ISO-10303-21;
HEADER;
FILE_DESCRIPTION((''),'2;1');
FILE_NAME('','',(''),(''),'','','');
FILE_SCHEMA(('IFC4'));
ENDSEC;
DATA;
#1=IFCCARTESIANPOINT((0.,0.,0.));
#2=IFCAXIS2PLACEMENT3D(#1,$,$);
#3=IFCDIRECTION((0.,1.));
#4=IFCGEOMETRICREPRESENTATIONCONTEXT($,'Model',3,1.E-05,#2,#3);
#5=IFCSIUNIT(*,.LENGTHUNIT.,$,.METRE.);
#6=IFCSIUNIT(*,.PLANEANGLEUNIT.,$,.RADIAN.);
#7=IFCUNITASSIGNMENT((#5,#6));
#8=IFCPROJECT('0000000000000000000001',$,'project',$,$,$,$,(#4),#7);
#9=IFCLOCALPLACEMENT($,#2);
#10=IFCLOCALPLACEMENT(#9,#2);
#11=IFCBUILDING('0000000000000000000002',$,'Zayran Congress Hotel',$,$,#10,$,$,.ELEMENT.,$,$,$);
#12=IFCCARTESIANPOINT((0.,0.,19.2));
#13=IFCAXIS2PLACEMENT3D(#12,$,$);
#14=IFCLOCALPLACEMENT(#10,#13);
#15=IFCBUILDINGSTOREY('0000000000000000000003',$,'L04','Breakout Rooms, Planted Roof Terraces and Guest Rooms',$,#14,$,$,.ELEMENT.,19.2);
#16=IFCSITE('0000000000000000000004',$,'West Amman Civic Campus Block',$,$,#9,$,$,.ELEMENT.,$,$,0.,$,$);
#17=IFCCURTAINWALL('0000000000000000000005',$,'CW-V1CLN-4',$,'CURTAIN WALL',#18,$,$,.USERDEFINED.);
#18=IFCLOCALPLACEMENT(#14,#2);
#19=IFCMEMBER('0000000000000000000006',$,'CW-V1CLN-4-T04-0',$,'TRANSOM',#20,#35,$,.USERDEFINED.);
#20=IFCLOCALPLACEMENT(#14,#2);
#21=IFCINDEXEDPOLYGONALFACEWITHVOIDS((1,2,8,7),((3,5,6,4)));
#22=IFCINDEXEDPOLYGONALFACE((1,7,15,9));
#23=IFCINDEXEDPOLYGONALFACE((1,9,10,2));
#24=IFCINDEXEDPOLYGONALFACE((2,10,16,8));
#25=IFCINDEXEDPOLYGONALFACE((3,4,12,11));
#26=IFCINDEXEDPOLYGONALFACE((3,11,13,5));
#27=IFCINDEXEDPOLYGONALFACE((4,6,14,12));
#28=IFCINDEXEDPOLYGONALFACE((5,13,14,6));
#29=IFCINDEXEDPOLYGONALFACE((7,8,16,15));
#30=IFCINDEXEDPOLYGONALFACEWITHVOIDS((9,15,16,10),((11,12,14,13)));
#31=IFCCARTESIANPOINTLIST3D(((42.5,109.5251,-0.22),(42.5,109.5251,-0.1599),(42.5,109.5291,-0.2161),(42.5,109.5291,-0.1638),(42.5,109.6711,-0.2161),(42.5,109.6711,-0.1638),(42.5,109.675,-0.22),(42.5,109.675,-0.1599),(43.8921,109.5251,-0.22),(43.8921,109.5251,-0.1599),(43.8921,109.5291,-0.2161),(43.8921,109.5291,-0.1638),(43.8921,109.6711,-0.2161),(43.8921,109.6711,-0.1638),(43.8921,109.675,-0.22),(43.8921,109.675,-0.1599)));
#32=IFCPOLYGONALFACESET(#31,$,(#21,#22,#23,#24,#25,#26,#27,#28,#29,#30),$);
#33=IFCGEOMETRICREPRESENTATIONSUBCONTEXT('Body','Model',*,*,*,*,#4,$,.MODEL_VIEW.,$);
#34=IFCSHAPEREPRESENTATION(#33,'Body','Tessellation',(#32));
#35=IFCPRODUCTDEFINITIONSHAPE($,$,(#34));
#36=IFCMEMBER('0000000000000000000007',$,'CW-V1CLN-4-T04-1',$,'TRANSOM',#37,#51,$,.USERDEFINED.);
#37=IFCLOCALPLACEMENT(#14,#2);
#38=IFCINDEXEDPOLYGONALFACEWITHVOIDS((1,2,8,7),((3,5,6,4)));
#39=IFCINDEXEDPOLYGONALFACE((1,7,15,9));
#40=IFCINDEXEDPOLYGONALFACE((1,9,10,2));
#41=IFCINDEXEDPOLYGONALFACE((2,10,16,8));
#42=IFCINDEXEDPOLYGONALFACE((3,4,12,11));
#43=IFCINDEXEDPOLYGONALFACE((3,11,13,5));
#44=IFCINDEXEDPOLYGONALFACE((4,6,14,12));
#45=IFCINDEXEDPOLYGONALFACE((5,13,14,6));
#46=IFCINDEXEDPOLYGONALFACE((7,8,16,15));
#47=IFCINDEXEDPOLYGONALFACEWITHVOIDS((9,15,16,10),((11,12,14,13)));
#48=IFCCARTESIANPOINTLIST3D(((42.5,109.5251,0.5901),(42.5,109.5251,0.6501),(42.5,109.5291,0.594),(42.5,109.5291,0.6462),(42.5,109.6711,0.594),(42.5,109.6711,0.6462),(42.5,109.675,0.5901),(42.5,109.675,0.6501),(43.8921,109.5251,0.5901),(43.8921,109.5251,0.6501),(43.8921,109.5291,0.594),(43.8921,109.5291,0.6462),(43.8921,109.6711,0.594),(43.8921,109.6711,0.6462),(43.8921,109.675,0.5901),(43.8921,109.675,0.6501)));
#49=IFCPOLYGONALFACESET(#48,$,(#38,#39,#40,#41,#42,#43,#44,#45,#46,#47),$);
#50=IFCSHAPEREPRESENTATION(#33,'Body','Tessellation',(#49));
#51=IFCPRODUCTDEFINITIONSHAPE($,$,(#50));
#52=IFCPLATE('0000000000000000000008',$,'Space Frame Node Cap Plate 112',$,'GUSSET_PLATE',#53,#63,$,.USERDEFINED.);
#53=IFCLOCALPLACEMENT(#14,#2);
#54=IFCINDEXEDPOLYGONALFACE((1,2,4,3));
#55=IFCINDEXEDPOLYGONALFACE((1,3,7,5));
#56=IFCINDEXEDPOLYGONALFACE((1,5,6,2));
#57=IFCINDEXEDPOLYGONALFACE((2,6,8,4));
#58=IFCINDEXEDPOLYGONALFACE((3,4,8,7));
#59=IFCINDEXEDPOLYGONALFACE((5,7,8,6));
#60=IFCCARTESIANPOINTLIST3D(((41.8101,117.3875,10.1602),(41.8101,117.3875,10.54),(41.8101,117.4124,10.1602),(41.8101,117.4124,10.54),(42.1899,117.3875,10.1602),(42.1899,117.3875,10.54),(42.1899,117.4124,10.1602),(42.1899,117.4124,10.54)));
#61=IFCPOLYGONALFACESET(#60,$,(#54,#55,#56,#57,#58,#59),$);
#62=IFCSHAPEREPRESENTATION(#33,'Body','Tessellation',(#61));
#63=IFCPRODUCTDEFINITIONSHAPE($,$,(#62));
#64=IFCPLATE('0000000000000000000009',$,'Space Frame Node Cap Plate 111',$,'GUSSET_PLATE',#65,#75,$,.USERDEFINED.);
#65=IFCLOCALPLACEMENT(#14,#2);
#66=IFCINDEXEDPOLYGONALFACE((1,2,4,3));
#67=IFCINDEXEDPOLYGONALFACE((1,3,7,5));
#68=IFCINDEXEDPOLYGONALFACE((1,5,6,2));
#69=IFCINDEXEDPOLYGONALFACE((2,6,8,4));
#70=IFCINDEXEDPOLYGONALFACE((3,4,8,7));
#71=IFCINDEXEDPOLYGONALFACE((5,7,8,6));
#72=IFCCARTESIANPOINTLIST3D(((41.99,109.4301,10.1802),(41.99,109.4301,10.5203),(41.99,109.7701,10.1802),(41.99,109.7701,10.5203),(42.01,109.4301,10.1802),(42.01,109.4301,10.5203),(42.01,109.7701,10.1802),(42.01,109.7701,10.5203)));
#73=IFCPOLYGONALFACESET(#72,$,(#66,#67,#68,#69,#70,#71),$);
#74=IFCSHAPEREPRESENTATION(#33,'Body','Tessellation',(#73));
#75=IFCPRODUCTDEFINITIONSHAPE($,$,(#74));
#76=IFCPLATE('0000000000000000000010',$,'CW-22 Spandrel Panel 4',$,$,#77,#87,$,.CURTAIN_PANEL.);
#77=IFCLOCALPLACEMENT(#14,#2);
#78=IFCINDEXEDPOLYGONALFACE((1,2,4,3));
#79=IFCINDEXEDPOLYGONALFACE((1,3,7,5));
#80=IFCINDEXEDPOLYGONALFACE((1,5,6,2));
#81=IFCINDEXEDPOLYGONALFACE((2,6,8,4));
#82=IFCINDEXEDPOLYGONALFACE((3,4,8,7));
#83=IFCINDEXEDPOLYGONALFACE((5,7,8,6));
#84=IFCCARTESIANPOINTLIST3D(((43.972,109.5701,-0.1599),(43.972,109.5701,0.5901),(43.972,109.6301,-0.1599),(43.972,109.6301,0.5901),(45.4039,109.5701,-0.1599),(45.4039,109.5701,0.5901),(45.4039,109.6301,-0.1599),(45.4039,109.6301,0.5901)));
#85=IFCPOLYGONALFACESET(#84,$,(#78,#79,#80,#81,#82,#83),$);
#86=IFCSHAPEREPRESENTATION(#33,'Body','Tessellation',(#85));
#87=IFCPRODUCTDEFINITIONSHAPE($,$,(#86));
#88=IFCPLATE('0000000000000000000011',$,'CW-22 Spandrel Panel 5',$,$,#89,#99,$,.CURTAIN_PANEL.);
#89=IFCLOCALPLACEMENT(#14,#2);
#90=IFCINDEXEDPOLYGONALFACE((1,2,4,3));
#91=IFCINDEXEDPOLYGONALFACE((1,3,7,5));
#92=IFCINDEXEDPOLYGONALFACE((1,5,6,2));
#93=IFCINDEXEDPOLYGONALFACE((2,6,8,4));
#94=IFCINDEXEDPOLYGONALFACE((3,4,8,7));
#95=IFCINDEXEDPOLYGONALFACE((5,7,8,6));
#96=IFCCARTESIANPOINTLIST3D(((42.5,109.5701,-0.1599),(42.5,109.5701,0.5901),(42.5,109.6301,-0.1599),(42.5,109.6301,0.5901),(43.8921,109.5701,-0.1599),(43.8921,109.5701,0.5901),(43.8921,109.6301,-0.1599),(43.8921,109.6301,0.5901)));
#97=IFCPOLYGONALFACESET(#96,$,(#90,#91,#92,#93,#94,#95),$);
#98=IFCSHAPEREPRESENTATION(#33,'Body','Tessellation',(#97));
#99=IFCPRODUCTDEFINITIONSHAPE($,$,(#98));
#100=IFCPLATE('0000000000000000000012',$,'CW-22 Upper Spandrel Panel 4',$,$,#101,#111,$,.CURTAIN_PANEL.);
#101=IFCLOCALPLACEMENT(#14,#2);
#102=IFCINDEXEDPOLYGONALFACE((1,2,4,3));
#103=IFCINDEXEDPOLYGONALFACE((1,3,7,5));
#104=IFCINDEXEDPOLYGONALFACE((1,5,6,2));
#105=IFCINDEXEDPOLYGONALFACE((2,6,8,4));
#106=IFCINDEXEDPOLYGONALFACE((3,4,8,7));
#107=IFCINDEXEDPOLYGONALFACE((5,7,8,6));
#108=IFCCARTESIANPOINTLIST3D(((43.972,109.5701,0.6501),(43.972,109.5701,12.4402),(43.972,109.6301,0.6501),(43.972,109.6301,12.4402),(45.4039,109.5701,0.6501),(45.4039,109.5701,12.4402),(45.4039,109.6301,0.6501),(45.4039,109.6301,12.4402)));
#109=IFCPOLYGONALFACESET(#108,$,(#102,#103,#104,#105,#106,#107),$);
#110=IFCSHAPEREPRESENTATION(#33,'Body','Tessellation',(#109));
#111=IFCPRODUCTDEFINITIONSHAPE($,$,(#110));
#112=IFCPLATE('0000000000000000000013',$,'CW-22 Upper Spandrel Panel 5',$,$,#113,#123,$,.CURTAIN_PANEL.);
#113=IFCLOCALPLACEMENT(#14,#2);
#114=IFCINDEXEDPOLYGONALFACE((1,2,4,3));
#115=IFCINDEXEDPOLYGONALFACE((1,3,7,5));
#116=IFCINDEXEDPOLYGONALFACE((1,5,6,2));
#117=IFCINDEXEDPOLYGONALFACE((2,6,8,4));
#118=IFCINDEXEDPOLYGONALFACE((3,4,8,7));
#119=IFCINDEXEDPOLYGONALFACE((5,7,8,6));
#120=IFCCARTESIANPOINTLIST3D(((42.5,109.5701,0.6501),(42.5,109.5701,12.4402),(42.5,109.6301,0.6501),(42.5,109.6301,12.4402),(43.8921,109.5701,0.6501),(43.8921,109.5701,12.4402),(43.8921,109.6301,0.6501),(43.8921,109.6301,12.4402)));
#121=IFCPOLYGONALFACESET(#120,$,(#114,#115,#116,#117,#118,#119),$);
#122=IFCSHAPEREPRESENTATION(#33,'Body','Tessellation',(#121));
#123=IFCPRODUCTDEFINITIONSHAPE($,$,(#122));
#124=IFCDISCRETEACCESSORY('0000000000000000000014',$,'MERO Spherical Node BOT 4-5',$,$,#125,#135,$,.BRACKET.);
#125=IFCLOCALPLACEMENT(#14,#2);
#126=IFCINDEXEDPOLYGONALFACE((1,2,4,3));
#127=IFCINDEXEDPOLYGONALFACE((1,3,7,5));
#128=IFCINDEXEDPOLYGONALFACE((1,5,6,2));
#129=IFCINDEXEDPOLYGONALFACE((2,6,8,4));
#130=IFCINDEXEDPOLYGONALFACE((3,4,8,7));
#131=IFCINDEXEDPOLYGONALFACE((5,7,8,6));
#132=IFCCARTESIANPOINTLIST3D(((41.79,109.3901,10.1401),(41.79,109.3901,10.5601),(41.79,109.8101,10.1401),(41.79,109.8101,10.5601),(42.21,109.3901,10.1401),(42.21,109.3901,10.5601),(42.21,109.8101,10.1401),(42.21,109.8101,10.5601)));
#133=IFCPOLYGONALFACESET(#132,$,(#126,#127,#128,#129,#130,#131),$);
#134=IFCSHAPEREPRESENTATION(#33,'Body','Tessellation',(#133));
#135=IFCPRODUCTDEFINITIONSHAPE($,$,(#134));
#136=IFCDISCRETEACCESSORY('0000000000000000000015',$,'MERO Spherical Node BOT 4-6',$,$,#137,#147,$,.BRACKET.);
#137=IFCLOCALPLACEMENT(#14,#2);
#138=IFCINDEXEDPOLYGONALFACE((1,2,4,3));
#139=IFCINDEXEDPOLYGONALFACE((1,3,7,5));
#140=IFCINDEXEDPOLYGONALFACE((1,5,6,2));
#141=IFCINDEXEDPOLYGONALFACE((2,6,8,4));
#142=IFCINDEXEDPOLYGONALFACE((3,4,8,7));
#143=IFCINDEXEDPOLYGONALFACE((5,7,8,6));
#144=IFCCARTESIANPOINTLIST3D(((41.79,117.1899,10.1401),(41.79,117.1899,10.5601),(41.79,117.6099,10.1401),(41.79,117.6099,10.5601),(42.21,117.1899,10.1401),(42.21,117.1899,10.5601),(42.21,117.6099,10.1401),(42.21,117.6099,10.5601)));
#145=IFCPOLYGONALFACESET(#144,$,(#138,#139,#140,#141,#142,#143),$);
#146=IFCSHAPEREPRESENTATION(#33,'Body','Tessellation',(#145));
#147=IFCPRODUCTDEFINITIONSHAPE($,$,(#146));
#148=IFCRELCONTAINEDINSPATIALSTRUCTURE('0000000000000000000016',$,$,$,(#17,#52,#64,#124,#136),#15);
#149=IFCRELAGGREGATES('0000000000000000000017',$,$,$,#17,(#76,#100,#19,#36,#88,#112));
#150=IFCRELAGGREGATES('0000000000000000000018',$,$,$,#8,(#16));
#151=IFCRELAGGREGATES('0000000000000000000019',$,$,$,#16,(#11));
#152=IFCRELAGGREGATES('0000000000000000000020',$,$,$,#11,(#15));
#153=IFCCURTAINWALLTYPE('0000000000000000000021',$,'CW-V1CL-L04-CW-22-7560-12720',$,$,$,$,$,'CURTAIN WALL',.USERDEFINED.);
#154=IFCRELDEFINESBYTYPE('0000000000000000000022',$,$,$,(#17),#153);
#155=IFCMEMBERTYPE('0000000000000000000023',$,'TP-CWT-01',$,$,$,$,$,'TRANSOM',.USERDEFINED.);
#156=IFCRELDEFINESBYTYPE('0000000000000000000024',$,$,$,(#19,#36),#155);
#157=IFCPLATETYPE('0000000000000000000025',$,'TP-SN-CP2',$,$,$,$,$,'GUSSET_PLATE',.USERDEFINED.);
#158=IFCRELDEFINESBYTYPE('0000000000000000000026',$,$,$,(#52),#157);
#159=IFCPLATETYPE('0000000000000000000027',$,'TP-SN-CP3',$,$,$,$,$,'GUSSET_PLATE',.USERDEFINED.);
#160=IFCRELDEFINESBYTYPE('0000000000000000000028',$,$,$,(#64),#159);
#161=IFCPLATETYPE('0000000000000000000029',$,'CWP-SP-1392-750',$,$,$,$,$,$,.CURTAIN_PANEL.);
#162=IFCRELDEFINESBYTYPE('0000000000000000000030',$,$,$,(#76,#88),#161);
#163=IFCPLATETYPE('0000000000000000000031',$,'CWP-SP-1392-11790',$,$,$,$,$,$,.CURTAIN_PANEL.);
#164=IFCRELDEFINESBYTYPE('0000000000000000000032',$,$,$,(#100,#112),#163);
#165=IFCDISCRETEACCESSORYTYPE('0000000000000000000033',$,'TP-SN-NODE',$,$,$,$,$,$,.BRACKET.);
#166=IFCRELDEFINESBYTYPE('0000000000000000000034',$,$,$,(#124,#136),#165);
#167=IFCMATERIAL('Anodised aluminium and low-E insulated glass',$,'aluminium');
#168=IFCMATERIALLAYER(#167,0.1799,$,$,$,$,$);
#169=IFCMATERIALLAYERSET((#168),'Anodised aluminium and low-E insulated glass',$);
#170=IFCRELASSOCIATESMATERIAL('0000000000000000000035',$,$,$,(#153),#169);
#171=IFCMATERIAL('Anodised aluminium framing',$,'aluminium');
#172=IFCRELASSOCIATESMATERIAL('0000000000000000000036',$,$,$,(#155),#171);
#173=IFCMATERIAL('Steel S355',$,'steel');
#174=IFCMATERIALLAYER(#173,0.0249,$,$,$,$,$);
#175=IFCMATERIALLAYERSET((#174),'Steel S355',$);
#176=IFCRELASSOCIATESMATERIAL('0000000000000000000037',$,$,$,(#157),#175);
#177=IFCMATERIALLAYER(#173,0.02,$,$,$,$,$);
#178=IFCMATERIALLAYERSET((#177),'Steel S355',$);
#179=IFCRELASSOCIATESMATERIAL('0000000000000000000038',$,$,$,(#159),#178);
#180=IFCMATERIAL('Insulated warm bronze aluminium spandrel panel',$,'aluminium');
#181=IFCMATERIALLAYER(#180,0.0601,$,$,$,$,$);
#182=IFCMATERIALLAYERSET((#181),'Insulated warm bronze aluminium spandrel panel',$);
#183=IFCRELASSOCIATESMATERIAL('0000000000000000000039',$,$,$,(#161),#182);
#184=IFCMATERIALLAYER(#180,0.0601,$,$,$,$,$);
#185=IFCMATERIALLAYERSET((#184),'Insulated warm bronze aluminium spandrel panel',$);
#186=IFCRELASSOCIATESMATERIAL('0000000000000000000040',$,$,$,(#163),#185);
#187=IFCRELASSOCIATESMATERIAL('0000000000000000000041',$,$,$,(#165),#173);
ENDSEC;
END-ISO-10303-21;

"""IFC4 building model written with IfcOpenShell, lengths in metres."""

from ifc_helpers import new_model, si_unit, direction, frame, origin, origin_2d, place, context, subcontext, project, spatial, rectangle, hollow_rectangle, extrude, material, layer, layer_set, material_profile, profile_set, type_object, element, aggregate, save


model = new_model("IFC4")

# Units and contexts
model_context = context("Model", 3, precision=1e-05, world=origin(), true_north=direction((0.0, 1.0)))
body_context = subcontext(model_context, "Body", "Model", "MODEL_VIEW")
ifc_project = project(units=[si_unit("LENGTHUNIT", "METRE"), si_unit("PLANEANGLEUNIT", "RADIAN")], contexts=[model_context])

# Site, building, storey
site_placement = place(None, origin())
site = spatial("IfcSite", under=ifc_project, at=site_placement, Name="West Amman Civic Campus Block", CompositionType="ELEMENT", RefElevation=0.0)
building_placement = place(site_placement, origin())
building = spatial("IfcBuilding", under=site, at=building_placement, Name="Zayran Congress Hotel", CompositionType="ELEMENT")
storey_placement = place(building_placement, frame((0.0, 0.0, 19.2)))
storey = spatial("IfcBuildingStorey", under=building, at=storey_placement, Name="L04", Description="Breakout Rooms, Planted Roof Terraces and Guest Rooms", CompositionType="ELEMENT", Elevation=19.2)

# Shared definitions
ifc_material_1 = material(Name="Steel S355", Category="steel")

# Shared definitions
ifc_material_2 = material(Name="Anodised aluminium and low-E insulated glass", Category="aluminium")
ifc_material_3 = material(Name="Anodised aluminium framing", Category="aluminium")

# Curtain wall, members
ifc_layer_1 = layer(ifc_material_2, 0.1799)
ifc_layer_set_1 = layer_set([ifc_layer_1], Name="Anodised aluminium and low-E insulated glass")
curtain_wall_type_1 = type_object("IfcCurtainWallType", Name="CW-V1CL-L04-CW-22-7560-12720", ElementType="CURTAIN WALL", PredefinedType="USERDEFINED", material=ifc_layer_set_1)
curtain_wall_1_placement = place(storey_placement, origin())
curtain_wall_1 = element("IfcCurtainWall", 1, at=curtain_wall_1_placement, inside=storey, type_object=curtain_wall_type_1, Name="CW-V1CLN-4", ObjectType="CURTAIN WALL", PredefinedType="USERDEFINED")
ifc_material_profile_1 = material_profile(ifc_material_3, hollow_rectangle(XDim=0.0601, YDim=0.1499, WallThickness=0.0039, at=origin_2d()), Name="RHS 150x60x4")
ifc_profile_set_1 = profile_set([ifc_material_profile_1], Name="Anodised aluminium framing")
member_type_1 = type_object("IfcMemberType", Name="TP-CWT-01", ElementType="TRANSOM", PredefinedType="USERDEFINED", material=ifc_profile_set_1)
member_1_placement = place(storey_placement, frame((43.8921, 109.6001, -0.1899), z_axis=(-1.0, 0.0, 0.0), x_axis=(0.0, 0.0, 1.0)))
member_1 = element("IfcMember", 2, at=member_1_placement, type_object=member_type_1, Name="CW-V1CLN-4-T04-0", ObjectType="TRANSOM", PredefinedType="USERDEFINED", context=body_context, shape_type="SweptSolid", body=[
    extrude(hollow_rectangle(XDim=0.0601, YDim=0.1499, WallThickness=0.0039, at=origin_2d()), origin(), (0.0, 0.0, 1.0), 1.3921),
])
member_2_placement = place(storey_placement, frame((43.8921, 109.6001, 0.6201), z_axis=(-1.0, 0.0, 0.0), x_axis=(0.0, 0.0, 1.0)))
member_2 = element("IfcMember", 3, at=member_2_placement, type_object=member_type_1, Name="CW-V1CLN-4-T04-1", ObjectType="TRANSOM", PredefinedType="USERDEFINED", context=body_context, shape_type="SweptSolid", body=[
    extrude(hollow_rectangle(XDim=0.0601, YDim=0.1499, WallThickness=0.0039, at=origin_2d()), origin(), (0.0, 0.0, 1.0), 1.3921),
])

# Plates
ifc_layer_2 = layer(ifc_material_1, 0.0249)
ifc_layer_set_2 = layer_set([ifc_layer_2], Name="Steel S355")
plate_type_1 = type_object("IfcPlateType", Name="TP-SN-CP2", ElementType="GUSSET_PLATE", PredefinedType="USERDEFINED", material=ifc_layer_set_2)
plate_1_placement = place(storey_placement, frame((42.0, 117.3999, 10.1602), z_axis=(0.0, 0.0, 1.0), x_axis=(1.0, 0.0, 0.0)))
element("IfcPlate", 4, at=plate_1_placement, inside=storey, type_object=plate_type_1, Name="Space Frame Node Cap Plate 112", ObjectType="GUSSET_PLATE", PredefinedType="USERDEFINED", context=body_context, shape_type="SweptSolid", body=[
    extrude(rectangle(XDim=0.3799, YDim=0.0249, at=origin_2d()), origin(), (0.0, 0.0, 1.0), 0.3799),
])
ifc_layer_3 = layer(ifc_material_1, 0.02)
ifc_layer_set_3 = layer_set([ifc_layer_3], Name="Steel S355")
plate_type_2 = type_object("IfcPlateType", Name="TP-SN-CP3", ElementType="GUSSET_PLATE", PredefinedType="USERDEFINED", material=ifc_layer_set_3)
plate_2_placement = place(storey_placement, frame((42.0, 109.6001, 10.1802), z_axis=(0.0, 0.0, 1.0), x_axis=(0.0, 1.0, 0.0)))
element("IfcPlate", 5, at=plate_2_placement, inside=storey, type_object=plate_type_2, Name="Space Frame Node Cap Plate 111", ObjectType="GUSSET_PLATE", PredefinedType="USERDEFINED", context=body_context, shape_type="SweptSolid", body=[
    extrude(rectangle(XDim=0.3401, YDim=0.02, at=origin_2d()), origin(), (0.0, 0.0, 1.0), 0.3401),
])

# Plates
ifc_material_4 = material(Name="Insulated warm bronze aluminium spandrel panel", Category="aluminium")
ifc_layer_4 = layer(ifc_material_4, 0.0601)
ifc_layer_set_4 = layer_set([ifc_layer_4], Name="Insulated warm bronze aluminium spandrel panel")
plate_type_3 = type_object("IfcPlateType", Name="CWP-SP-1392-750", PredefinedType="CURTAIN_PANEL", material=ifc_layer_set_4)
plate_3_placement = place(storey_placement, frame((44.688, 109.6001, -0.1599), z_axis=(0.0, 0.0, 1.0), x_axis=(1.0, 0.0, 0.0)))
plate_3 = element("IfcPlate", 6, at=plate_3_placement, type_object=plate_type_3, Name="CW-22 Spandrel Panel 4", PredefinedType="CURTAIN_PANEL", context=body_context, shape_type="SweptSolid", body=[
    extrude(rectangle(XDim=1.4319, YDim=0.0601, at=origin_2d()), origin(), (0.0, 0.0, 1.0), 0.75),
])
plate_4_placement = place(storey_placement, frame((43.196, 109.6001, -0.1599), z_axis=(0.0, 0.0, 1.0), x_axis=(1.0, 0.0, 0.0)))
plate_4 = element("IfcPlate", 7, at=plate_4_placement, type_object=plate_type_3, Name="CW-22 Spandrel Panel 5", PredefinedType="CURTAIN_PANEL", context=body_context, shape_type="SweptSolid", body=[
    extrude(rectangle(XDim=1.3921, YDim=0.0601, at=origin_2d()), origin(), (0.0, 0.0, 1.0), 0.75),
])
ifc_layer_5 = layer(ifc_material_4, 0.0601)
ifc_layer_set_5 = layer_set([ifc_layer_5], Name="Insulated warm bronze aluminium spandrel panel")
plate_type_4 = type_object("IfcPlateType", Name="CWP-SP-1392-11790", PredefinedType="CURTAIN_PANEL", material=ifc_layer_set_5)
plate_5_placement = place(storey_placement, frame((44.688, 109.6001, 0.6501), z_axis=(0.0, 0.0, 1.0), x_axis=(1.0, 0.0, 0.0)))
plate_5 = element("IfcPlate", 8, at=plate_5_placement, type_object=plate_type_4, Name="CW-22 Upper Spandrel Panel 4", PredefinedType="CURTAIN_PANEL", context=body_context, shape_type="SweptSolid", body=[
    extrude(rectangle(XDim=1.4319, YDim=0.0601, at=origin_2d()), origin(), (0.0, 0.0, 1.0), 11.79),
])
plate_6_placement = place(storey_placement, frame((43.196, 109.6001, 0.6501), z_axis=(0.0, 0.0, 1.0), x_axis=(1.0, 0.0, 0.0)))
plate_6 = element("IfcPlate", 9, at=plate_6_placement, type_object=plate_type_4, Name="CW-22 Upper Spandrel Panel 5", PredefinedType="CURTAIN_PANEL", context=body_context, shape_type="SweptSolid", body=[
    extrude(rectangle(XDim=1.3921, YDim=0.0601, at=origin_2d()), origin(), (0.0, 0.0, 1.0), 11.79),
])
aggregate(curtain_wall_1, [plate_3, plate_5, member_1, member_2, plate_4, plate_6])

# Discrete accessories
discrete_accessory_type = type_object("IfcDiscreteAccessoryType", Name="TP-SN-NODE", PredefinedType="BRACKET", material=ifc_material_1)
for number, where, z_axis, x_axis, name in (
    (10, (42.0, 109.6001, 10.1401), (0.0, 0.0, 1.0), (1.0, 0.0, 0.0), "MERO Spherical Node BOT 4-5"),
    (11, (42.0, 117.3999, 10.1401), (0.0, 0.0, 1.0), (1.0, 0.0, 0.0), "MERO Spherical Node BOT 4-6"),
):
    element("IfcDiscreteAccessory", number, at=place(storey_placement, frame(where, z_axis=z_axis, x_axis=x_axis)), inside=storey, type_object=discrete_accessory_type, Name=name, PredefinedType="BRACKET", context=body_context, shape_type="SweptSolid", body=[
        extrude(rectangle(XDim=0.4199, YDim=0.4199, at=origin_2d()), origin(), (0.0, 0.0, 1.0), 0.4199),
    ])

save(model, "model.ifc")
